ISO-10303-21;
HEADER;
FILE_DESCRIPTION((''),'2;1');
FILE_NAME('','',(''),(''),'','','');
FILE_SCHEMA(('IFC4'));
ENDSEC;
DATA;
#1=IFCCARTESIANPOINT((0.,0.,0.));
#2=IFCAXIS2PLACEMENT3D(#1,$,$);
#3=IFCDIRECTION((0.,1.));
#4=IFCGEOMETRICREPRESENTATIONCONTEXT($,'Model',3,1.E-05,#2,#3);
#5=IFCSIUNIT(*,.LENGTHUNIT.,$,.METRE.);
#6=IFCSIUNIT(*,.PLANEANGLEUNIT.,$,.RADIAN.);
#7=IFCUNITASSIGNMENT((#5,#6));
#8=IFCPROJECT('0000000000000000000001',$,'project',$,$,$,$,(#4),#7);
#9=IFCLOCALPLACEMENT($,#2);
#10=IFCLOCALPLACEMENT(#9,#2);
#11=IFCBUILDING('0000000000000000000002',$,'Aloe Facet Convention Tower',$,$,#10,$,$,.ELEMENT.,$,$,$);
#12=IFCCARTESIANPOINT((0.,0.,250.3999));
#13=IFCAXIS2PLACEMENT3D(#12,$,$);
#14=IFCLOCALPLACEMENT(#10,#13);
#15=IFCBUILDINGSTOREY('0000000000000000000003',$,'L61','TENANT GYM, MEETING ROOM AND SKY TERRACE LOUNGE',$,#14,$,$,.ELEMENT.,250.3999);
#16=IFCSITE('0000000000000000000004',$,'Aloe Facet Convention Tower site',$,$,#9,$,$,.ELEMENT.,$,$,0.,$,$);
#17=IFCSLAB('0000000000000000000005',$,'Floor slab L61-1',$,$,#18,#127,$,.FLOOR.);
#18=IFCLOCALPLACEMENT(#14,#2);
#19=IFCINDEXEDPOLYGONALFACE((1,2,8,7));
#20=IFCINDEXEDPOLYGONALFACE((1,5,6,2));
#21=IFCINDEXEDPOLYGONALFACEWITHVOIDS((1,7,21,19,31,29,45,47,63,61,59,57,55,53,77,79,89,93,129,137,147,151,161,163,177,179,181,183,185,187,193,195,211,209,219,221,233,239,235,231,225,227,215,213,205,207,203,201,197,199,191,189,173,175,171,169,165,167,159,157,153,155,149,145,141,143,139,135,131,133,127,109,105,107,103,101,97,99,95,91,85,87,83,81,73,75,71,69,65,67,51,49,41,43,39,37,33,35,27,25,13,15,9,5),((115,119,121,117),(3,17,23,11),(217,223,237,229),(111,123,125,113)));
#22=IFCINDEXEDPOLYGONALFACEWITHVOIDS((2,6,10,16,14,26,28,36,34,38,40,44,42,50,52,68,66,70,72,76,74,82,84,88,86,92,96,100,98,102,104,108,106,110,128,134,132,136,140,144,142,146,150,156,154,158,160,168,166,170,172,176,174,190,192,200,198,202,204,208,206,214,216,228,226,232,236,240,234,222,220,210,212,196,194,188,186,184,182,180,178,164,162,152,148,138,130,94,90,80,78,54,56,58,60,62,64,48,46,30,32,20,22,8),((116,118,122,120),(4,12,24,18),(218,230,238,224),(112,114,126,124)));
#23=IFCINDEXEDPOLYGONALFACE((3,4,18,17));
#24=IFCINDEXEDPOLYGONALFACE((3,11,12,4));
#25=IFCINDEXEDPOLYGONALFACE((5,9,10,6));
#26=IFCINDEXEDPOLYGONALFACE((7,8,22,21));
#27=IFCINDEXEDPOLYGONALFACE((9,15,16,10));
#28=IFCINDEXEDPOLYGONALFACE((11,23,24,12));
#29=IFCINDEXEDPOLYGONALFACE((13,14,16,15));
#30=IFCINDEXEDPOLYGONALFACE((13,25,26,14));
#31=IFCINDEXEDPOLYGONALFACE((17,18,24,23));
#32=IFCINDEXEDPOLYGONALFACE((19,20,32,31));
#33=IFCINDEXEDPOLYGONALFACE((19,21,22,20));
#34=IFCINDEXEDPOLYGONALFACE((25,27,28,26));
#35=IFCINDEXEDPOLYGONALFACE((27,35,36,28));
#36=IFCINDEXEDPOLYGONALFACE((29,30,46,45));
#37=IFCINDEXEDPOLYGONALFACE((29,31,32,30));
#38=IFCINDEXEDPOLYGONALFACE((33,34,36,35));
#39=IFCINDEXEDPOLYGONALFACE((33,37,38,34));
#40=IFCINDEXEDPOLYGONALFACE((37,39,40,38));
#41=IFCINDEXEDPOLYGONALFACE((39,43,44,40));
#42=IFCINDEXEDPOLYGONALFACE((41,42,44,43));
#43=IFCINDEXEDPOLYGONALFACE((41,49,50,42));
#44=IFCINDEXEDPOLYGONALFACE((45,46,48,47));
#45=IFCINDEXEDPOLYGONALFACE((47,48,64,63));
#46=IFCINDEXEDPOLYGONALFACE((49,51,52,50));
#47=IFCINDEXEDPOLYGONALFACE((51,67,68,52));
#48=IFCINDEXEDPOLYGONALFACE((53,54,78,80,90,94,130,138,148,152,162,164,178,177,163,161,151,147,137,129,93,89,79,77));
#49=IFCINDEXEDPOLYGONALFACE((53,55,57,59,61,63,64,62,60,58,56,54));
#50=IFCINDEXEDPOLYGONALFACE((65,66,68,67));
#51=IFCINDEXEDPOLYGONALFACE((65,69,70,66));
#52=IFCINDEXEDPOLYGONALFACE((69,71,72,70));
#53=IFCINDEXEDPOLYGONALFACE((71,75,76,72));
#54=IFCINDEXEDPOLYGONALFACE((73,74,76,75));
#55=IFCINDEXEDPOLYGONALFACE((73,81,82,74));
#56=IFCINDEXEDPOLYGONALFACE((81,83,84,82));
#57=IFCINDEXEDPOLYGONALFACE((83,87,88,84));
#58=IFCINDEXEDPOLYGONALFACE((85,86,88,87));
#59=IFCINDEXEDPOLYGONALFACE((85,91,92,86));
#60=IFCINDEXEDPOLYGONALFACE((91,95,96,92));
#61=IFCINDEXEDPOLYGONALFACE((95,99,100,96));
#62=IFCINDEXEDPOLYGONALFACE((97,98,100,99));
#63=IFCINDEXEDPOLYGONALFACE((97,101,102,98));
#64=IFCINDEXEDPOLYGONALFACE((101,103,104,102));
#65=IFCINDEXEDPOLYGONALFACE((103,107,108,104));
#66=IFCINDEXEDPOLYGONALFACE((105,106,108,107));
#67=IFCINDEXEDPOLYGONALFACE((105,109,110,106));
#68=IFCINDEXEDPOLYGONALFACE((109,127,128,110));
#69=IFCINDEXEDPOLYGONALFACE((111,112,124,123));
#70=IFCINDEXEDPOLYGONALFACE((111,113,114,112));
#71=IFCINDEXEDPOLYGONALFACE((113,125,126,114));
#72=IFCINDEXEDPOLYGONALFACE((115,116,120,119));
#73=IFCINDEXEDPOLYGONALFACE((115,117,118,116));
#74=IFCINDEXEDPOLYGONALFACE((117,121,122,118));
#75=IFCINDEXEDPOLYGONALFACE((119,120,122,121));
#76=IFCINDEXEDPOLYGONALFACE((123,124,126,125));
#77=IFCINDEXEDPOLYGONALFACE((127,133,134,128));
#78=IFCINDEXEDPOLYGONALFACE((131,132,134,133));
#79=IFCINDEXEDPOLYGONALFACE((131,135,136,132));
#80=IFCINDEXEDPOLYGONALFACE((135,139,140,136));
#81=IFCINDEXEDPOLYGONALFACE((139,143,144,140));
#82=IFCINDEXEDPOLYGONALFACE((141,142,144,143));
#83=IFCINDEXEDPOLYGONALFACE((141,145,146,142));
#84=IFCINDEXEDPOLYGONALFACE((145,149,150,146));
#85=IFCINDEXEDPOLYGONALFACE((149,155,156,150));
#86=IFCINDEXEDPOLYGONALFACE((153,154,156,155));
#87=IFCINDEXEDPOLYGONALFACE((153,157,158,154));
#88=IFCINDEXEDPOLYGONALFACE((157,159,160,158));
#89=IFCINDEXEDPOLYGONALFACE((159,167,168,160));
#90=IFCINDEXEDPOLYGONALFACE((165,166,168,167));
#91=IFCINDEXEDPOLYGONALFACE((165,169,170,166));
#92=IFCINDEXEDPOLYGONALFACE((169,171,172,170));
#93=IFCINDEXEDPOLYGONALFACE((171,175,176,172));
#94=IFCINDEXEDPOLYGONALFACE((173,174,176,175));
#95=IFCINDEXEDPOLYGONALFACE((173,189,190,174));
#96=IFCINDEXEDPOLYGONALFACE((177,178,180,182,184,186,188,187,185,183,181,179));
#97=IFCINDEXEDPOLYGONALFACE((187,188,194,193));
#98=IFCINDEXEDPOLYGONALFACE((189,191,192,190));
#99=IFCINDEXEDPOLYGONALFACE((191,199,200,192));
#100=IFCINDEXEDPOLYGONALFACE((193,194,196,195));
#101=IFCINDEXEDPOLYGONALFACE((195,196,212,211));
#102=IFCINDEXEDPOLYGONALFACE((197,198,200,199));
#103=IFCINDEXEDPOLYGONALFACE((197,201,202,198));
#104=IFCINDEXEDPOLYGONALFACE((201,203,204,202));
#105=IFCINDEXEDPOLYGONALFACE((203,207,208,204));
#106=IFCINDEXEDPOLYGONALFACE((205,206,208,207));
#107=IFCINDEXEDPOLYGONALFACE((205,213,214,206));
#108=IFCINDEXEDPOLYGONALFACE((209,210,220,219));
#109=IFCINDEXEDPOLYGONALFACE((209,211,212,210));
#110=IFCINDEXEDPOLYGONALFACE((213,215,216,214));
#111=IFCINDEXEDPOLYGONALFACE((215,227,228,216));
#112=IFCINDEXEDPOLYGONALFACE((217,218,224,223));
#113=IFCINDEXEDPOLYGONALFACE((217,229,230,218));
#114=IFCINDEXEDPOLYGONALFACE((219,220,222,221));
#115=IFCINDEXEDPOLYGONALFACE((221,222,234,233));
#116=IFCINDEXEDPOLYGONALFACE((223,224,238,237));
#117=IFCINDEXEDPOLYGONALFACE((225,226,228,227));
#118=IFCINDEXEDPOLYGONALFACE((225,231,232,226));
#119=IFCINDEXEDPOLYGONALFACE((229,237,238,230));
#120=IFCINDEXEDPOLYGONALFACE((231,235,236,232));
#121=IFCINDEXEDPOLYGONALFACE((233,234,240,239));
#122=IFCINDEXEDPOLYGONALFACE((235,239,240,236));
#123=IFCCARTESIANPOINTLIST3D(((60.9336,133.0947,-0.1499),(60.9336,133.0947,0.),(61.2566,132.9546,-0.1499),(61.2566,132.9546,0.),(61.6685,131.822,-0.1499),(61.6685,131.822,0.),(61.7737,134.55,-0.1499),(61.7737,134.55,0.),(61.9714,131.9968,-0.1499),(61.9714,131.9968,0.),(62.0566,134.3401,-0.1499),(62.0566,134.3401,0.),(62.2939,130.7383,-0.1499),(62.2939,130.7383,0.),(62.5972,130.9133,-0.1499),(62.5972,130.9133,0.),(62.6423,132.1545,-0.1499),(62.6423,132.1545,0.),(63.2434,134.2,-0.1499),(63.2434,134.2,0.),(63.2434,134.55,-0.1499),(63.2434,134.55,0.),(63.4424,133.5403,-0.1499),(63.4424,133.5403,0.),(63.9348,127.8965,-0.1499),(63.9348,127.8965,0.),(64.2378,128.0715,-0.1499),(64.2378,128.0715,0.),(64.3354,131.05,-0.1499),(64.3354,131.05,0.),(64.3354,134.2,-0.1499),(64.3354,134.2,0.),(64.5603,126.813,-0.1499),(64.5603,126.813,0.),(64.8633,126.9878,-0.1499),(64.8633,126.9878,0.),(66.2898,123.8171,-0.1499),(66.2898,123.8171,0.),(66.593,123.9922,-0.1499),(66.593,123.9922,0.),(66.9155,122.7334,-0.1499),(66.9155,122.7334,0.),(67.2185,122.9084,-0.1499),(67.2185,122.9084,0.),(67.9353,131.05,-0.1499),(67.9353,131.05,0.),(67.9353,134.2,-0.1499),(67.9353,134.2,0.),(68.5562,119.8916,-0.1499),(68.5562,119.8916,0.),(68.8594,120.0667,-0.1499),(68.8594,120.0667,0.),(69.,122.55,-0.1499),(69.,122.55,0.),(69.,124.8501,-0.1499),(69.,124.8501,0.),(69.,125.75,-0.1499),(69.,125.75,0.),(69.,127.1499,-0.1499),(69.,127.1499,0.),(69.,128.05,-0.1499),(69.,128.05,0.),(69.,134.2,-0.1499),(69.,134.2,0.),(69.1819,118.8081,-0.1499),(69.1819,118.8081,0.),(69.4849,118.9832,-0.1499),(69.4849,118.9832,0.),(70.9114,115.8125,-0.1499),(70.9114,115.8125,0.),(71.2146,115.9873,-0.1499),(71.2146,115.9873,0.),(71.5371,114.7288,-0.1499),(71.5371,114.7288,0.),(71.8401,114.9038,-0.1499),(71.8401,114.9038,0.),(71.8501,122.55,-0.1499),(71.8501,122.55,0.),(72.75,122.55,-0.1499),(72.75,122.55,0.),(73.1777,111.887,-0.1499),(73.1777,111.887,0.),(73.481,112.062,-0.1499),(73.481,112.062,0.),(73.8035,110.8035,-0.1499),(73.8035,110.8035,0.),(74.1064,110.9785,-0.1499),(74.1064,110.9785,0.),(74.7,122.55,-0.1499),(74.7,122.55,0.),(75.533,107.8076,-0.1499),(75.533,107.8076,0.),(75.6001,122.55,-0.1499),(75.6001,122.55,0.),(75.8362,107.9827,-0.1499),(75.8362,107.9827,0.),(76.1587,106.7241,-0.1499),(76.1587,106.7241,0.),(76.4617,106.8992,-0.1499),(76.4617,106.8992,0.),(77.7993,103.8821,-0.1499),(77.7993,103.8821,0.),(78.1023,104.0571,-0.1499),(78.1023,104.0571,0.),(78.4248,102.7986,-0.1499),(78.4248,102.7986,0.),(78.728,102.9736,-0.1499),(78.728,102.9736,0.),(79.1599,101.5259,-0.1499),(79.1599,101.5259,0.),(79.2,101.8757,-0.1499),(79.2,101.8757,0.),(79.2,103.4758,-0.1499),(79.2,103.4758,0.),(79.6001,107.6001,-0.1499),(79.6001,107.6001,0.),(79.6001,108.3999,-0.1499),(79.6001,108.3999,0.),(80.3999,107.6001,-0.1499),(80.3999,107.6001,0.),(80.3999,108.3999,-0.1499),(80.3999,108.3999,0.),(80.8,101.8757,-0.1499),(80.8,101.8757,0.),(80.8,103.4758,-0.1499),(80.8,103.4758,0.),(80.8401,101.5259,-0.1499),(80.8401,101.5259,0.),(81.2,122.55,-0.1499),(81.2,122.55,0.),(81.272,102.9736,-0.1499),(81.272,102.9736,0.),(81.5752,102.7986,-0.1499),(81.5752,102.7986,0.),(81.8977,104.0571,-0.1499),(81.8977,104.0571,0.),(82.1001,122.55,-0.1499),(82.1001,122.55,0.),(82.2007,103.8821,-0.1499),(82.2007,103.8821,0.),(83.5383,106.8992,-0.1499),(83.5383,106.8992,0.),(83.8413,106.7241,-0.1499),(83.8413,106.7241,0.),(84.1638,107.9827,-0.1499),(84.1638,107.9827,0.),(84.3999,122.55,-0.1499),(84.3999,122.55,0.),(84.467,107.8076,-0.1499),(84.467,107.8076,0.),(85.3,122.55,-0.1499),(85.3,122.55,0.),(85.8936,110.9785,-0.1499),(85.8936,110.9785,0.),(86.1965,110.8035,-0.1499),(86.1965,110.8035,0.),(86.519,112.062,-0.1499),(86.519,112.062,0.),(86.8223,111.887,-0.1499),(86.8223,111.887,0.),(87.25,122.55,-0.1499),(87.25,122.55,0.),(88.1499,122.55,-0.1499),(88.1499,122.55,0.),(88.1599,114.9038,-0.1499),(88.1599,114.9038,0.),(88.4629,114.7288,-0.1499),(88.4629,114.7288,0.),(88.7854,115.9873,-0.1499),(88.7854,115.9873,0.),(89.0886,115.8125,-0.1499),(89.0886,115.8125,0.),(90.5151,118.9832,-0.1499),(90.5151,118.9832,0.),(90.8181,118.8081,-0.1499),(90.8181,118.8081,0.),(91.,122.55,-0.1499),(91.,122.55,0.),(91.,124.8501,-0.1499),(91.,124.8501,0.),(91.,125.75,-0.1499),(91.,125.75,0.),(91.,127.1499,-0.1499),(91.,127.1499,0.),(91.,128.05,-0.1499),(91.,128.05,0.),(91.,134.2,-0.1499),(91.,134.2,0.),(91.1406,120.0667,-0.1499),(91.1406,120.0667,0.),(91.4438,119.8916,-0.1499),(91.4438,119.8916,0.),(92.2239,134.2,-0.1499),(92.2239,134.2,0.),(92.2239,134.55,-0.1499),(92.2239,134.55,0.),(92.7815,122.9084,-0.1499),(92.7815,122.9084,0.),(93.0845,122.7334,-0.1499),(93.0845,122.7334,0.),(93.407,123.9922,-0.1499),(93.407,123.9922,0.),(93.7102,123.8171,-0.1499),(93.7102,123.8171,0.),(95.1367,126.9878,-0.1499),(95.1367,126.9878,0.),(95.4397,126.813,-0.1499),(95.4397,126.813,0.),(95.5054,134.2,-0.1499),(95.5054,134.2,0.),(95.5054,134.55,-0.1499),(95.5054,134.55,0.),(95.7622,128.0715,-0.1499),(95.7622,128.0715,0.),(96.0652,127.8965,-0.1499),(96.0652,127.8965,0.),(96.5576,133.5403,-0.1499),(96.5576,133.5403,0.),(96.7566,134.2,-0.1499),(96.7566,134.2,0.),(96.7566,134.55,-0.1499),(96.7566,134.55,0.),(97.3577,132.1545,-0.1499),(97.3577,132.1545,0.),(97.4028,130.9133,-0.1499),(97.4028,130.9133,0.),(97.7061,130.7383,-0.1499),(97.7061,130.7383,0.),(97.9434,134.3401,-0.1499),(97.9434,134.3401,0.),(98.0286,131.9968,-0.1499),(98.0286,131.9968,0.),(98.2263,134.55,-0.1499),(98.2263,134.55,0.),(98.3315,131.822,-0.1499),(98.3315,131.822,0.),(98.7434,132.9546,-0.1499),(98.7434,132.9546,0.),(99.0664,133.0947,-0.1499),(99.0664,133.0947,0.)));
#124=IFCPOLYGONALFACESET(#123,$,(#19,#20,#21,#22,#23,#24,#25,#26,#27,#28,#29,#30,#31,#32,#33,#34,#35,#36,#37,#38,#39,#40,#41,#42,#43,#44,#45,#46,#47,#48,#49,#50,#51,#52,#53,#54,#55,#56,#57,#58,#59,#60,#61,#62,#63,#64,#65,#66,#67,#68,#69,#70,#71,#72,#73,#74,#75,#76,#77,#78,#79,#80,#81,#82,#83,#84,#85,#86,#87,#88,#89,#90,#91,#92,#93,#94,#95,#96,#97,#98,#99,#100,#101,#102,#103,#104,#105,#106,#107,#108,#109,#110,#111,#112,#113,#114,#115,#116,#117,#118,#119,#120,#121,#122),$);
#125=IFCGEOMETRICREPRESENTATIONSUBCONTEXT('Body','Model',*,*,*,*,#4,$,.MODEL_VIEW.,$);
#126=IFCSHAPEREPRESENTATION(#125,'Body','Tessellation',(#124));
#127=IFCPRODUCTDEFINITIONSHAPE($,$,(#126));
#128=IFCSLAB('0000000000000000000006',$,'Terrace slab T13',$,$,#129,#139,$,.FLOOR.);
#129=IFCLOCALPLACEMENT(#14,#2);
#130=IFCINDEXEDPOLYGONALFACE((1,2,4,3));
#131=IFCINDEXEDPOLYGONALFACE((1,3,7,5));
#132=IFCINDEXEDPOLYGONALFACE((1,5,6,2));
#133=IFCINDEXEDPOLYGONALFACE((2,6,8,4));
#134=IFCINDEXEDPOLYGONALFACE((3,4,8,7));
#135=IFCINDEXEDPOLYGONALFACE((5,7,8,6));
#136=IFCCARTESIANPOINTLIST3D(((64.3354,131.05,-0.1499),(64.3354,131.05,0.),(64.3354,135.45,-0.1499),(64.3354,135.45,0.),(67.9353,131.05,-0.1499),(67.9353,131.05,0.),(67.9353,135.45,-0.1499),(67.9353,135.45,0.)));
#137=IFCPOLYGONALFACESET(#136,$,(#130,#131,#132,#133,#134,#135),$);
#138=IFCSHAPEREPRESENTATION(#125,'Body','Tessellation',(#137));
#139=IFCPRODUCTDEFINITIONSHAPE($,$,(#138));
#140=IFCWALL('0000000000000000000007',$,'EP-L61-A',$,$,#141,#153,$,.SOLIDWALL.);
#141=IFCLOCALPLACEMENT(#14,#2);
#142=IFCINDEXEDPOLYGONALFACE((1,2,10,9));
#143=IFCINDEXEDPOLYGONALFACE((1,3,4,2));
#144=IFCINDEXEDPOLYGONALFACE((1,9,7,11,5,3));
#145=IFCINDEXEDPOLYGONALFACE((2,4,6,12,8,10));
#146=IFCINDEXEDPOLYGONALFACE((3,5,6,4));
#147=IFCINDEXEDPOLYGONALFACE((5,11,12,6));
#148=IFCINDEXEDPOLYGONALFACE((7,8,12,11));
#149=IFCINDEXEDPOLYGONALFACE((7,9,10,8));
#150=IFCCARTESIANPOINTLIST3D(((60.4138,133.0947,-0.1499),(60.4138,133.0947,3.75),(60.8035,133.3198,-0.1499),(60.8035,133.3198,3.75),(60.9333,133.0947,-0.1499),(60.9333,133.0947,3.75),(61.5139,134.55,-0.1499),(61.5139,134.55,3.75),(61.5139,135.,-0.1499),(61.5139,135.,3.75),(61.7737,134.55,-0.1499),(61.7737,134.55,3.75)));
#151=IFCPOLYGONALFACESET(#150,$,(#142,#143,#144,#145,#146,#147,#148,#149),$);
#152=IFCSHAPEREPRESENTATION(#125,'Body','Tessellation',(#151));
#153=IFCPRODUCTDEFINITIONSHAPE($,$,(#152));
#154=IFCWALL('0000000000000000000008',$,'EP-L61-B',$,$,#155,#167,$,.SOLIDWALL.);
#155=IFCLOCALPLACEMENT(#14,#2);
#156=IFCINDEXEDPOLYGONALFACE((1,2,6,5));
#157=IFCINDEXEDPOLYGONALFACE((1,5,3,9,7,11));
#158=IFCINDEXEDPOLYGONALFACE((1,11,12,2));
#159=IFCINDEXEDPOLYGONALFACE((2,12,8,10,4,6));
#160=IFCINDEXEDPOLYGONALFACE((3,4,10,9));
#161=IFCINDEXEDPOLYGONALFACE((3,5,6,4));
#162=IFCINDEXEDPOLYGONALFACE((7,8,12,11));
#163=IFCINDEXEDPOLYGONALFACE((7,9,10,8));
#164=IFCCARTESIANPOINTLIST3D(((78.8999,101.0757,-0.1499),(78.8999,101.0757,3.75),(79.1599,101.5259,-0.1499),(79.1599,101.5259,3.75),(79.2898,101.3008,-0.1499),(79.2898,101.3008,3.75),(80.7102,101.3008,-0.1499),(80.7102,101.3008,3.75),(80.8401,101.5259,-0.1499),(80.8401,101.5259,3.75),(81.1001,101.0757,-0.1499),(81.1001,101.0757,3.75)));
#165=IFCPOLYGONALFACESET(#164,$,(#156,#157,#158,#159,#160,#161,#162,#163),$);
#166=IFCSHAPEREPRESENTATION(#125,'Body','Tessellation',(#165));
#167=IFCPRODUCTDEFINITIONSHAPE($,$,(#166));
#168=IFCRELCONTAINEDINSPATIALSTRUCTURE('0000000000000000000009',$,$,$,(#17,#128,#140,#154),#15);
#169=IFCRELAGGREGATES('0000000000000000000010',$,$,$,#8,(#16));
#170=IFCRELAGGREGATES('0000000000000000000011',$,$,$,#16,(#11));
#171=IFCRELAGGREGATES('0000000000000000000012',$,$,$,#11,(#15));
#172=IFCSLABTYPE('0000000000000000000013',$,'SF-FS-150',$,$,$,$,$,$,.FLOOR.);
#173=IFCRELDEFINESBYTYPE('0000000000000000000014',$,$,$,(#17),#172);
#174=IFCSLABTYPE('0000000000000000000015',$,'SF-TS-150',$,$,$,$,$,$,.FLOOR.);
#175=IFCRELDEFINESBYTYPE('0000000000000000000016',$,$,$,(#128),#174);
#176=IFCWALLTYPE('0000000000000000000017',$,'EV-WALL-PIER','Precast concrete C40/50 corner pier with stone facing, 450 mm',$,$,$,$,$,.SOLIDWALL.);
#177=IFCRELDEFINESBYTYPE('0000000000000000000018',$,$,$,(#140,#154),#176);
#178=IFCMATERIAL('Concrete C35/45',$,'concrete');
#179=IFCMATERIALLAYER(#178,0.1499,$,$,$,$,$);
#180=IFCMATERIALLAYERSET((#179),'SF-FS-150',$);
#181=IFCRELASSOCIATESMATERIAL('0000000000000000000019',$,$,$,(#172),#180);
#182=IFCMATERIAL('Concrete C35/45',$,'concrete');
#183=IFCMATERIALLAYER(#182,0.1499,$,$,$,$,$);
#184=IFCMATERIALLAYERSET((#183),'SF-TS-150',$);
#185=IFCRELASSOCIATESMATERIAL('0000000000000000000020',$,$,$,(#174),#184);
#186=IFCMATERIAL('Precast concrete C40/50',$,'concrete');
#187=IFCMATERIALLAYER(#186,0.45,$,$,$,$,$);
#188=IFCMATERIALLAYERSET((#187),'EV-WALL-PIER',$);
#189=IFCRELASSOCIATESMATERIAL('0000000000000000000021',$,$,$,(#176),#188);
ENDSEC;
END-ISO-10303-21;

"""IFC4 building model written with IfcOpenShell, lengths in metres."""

from ifc_helpers import new_model, si_unit, direction, frame, origin, place, context, subcontext, project, spatial, polyline, outline, extrude, material, layer, layer_set, type_object, element, save


model = new_model("IFC4")

# Units and contexts
model_context = context("Model", 3, precision=1e-05, world=origin(), true_north=direction((0.0, 1.0)))
body_context = subcontext(model_context, "Body", "Model", "MODEL_VIEW")
ifc_project = project(units=[si_unit("LENGTHUNIT", "METRE"), si_unit("PLANEANGLEUNIT", "RADIAN")], contexts=[model_context])

# Site, building, storey
site_placement = place(None, origin())
site = spatial("IfcSite", under=ifc_project, at=site_placement, Name="Aloe Facet Convention Tower site", CompositionType="ELEMENT", RefElevation=0.0)
building_placement = place(site_placement, origin())
building = spatial("IfcBuilding", under=site, at=building_placement, Name="Aloe Facet Convention Tower", CompositionType="ELEMENT")
storey_placement = place(building_placement, frame((0.0, 0.0, 250.3999)))
storey = spatial("IfcBuildingStorey", under=building, at=storey_placement, Name="L61", Description="TENANT GYM, MEETING ROOM AND SKY TERRACE LOUNGE", CompositionType="ELEMENT", Elevation=250.3999)

# Slabs
ifc_material_1 = material(Name="Concrete C35/45", Category="concrete")
ifc_layer_1 = layer(ifc_material_1, 0.1499)
ifc_layer_set_1 = layer_set([ifc_layer_1], Name="SF-FS-150")
slab_type_1 = type_object("IfcSlabType", Name="SF-FS-150", PredefinedType="FLOOR", material=ifc_layer_set_1)
slab_1_placement = place(storey_placement, frame((0.0, 0.0, -0.1499)))
element("IfcSlab", 1, at=slab_1_placement, inside=storey, type_object=slab_type_1, Name="Floor slab L61-1", PredefinedType="FLOOR", context=body_context, shape_type="SweptSolid", body=[
    extrude(outline(polyline([(99.0664, 133.0947), (98.3315, 131.822), (98.0286, 131.9968), (97.4028, 130.9133), (97.7061, 130.7383), (96.0652, 127.8965), (95.7622, 128.0715), (95.1367, 126.9878), (95.4397, 126.813), (93.7102, 123.8171), (93.407, 123.9922), (92.7815, 122.9084), (93.0845, 122.7334), (91.4438, 119.8916), (91.1406, 120.0667), (90.5151, 118.9832), (90.8181, 118.8081), (89.0886, 115.8125), (88.7854, 115.9873), (88.1599, 114.9038), (88.4629, 114.7288), (86.8223, 111.887), (86.519, 112.062), (85.8936, 110.9785), (86.1965, 110.8035), (84.467, 107.8076), (84.1638, 107.9827), (83.5383, 106.8992), (83.8413, 106.7241), (82.2007, 103.8821), (81.8977, 104.0571), (81.272, 102.9736), (81.5752, 102.7986), (80.8401, 101.5259), (79.1599, 101.5259), (78.4248, 102.7986), (78.728, 102.9736), (78.1023, 104.0571), (77.7993, 103.8821), (76.1587, 106.7241), (76.4617, 106.8992), (75.8362, 107.9827), (75.533, 107.8076), (73.8035, 110.8035), (74.1064, 110.9785), (73.481, 112.062), (73.1777, 111.887), (71.5371, 114.7288), (71.8401, 114.9038), (71.2146, 115.9873), (70.9114, 115.8125), (69.1819, 118.8081), (69.4849, 118.9832), (68.8594, 120.0667), (68.5562, 119.8916), (66.9155, 122.7334), (67.2185, 122.9084), (66.593, 123.9922), (66.2898, 123.8171), (64.5603, 126.813), (64.8633, 126.9878), (64.2378, 128.0715), (63.9348, 127.8965), (62.2939, 130.7383), (62.5972, 130.9133), (61.9714, 131.9968), (61.6685, 131.822), (60.9336, 133.0947), (61.7737, 134.55), (63.2434, 134.55), (63.2434, 134.2), (64.3354, 134.2), (64.3354, 131.05), (67.9353, 131.05), (67.9353, 134.2), (69.0, 134.2), (69.0, 128.05), (69.0, 127.1499), (69.0, 125.75), (69.0, 124.8501), (69.0, 122.55), (71.8501, 122.55), (72.75, 122.55), (74.7, 122.55), (75.6001, 122.55), (81.2, 122.55), (82.1001, 122.55), (84.3999, 122.55), (85.3, 122.55), (87.25, 122.55), (88.1499, 122.55), (91.0, 122.55), (91.0, 124.8501), (91.0, 125.75), (91.0, 127.1499), (91.0, 128.05), (91.0, 134.2), (92.2239, 134.2), (92.2239, 134.55), (95.5054, 134.55), (95.5054, 134.2), (96.7566, 134.2), (96.7566, 134.55), (98.2263, 134.55), (99.0664, 133.0947)]), holes=[polyline([(80.8, 101.8757), (80.8, 103.4758), (79.2, 103.4758), (79.2, 101.8757), (80.8, 101.8757)]), polyline([(62.0566, 134.3401), (61.2566, 132.9546), (62.6423, 132.1545), (63.4424, 133.5403), (62.0566, 134.3401)]), polyline([(80.3999, 107.6001), (80.3999, 108.3999), (79.6001, 108.3999), (79.6001, 107.6001), (80.3999, 107.6001)]), polyline([(98.7434, 132.9546), (97.9434, 134.3401), (96.5576, 133.5403), (97.3577, 132.1545), (98.7434, 132.9546)])]), origin(), (0.0, 0.0, 1.0), 0.1499),
])
ifc_material_2 = material(Name="Concrete C35/45", Category="concrete")
ifc_layer_2 = layer(ifc_material_2, 0.1499)
ifc_layer_set_2 = layer_set([ifc_layer_2], Name="SF-TS-150")
slab_type_2 = type_object("IfcSlabType", Name="SF-TS-150", PredefinedType="FLOOR", material=ifc_layer_set_2)
slab_2_placement = place(storey_placement, frame((0.0, 0.0, -0.1499)))
element("IfcSlab", 2, at=slab_2_placement, inside=storey, type_object=slab_type_2, Name="Terrace slab T13", PredefinedType="FLOOR", context=body_context, shape_type="SweptSolid", body=[
    extrude(outline(polyline([(67.9353, 135.45), (67.9353, 131.05), (64.3354, 131.05), (64.3354, 135.45), (67.9353, 135.45)])), origin(), (0.0, 0.0, 1.0), 0.1499),
])

# Walls
ifc_material_3 = material(Name="Precast concrete C40/50", Category="concrete")
ifc_layer_3 = layer(ifc_material_3, 0.45)
ifc_layer_set_3 = layer_set([ifc_layer_3], Name="EV-WALL-PIER")
wall_type_1 = type_object("IfcWallType", Name="EV-WALL-PIER", Description="Precast concrete C40/50 corner pier with stone facing, 450 mm", PredefinedType="SOLIDWALL", material=ifc_layer_set_3)
wall_1_placement = place(storey_placement, frame((0.0, 0.0, -0.1499)))
element("IfcWall", 3, at=wall_1_placement, inside=storey, type_object=wall_type_1, Name="EP-L61-A", PredefinedType="SOLIDWALL", context=body_context, shape_type="SweptSolid", body=[
    extrude(outline(polyline([(61.5139, 135.0), (61.5139, 134.55), (61.7737, 134.55), (60.9333, 133.0947), (60.8035, 133.3198), (60.4138, 133.0947), (61.5139, 135.0)])), origin(), (0.0, 0.0, 1.0), 3.8999),
])
wall_2_placement = place(storey_placement, frame((0.0, 0.0, -0.1499)))
element("IfcWall", 4, at=wall_2_placement, inside=storey, type_object=wall_type_1, Name="EP-L61-B", PredefinedType="SOLIDWALL", context=body_context, shape_type="SweptSolid", body=[
    extrude(outline(polyline([(78.8999, 101.0757), (79.2898, 101.3008), (79.1599, 101.5259), (80.8401, 101.5259), (80.7102, 101.3008), (81.1001, 101.0757), (78.8999, 101.0757)])), origin(), (0.0, 0.0, 1.0), 3.8999),
])

save(model, "model.ifc")
